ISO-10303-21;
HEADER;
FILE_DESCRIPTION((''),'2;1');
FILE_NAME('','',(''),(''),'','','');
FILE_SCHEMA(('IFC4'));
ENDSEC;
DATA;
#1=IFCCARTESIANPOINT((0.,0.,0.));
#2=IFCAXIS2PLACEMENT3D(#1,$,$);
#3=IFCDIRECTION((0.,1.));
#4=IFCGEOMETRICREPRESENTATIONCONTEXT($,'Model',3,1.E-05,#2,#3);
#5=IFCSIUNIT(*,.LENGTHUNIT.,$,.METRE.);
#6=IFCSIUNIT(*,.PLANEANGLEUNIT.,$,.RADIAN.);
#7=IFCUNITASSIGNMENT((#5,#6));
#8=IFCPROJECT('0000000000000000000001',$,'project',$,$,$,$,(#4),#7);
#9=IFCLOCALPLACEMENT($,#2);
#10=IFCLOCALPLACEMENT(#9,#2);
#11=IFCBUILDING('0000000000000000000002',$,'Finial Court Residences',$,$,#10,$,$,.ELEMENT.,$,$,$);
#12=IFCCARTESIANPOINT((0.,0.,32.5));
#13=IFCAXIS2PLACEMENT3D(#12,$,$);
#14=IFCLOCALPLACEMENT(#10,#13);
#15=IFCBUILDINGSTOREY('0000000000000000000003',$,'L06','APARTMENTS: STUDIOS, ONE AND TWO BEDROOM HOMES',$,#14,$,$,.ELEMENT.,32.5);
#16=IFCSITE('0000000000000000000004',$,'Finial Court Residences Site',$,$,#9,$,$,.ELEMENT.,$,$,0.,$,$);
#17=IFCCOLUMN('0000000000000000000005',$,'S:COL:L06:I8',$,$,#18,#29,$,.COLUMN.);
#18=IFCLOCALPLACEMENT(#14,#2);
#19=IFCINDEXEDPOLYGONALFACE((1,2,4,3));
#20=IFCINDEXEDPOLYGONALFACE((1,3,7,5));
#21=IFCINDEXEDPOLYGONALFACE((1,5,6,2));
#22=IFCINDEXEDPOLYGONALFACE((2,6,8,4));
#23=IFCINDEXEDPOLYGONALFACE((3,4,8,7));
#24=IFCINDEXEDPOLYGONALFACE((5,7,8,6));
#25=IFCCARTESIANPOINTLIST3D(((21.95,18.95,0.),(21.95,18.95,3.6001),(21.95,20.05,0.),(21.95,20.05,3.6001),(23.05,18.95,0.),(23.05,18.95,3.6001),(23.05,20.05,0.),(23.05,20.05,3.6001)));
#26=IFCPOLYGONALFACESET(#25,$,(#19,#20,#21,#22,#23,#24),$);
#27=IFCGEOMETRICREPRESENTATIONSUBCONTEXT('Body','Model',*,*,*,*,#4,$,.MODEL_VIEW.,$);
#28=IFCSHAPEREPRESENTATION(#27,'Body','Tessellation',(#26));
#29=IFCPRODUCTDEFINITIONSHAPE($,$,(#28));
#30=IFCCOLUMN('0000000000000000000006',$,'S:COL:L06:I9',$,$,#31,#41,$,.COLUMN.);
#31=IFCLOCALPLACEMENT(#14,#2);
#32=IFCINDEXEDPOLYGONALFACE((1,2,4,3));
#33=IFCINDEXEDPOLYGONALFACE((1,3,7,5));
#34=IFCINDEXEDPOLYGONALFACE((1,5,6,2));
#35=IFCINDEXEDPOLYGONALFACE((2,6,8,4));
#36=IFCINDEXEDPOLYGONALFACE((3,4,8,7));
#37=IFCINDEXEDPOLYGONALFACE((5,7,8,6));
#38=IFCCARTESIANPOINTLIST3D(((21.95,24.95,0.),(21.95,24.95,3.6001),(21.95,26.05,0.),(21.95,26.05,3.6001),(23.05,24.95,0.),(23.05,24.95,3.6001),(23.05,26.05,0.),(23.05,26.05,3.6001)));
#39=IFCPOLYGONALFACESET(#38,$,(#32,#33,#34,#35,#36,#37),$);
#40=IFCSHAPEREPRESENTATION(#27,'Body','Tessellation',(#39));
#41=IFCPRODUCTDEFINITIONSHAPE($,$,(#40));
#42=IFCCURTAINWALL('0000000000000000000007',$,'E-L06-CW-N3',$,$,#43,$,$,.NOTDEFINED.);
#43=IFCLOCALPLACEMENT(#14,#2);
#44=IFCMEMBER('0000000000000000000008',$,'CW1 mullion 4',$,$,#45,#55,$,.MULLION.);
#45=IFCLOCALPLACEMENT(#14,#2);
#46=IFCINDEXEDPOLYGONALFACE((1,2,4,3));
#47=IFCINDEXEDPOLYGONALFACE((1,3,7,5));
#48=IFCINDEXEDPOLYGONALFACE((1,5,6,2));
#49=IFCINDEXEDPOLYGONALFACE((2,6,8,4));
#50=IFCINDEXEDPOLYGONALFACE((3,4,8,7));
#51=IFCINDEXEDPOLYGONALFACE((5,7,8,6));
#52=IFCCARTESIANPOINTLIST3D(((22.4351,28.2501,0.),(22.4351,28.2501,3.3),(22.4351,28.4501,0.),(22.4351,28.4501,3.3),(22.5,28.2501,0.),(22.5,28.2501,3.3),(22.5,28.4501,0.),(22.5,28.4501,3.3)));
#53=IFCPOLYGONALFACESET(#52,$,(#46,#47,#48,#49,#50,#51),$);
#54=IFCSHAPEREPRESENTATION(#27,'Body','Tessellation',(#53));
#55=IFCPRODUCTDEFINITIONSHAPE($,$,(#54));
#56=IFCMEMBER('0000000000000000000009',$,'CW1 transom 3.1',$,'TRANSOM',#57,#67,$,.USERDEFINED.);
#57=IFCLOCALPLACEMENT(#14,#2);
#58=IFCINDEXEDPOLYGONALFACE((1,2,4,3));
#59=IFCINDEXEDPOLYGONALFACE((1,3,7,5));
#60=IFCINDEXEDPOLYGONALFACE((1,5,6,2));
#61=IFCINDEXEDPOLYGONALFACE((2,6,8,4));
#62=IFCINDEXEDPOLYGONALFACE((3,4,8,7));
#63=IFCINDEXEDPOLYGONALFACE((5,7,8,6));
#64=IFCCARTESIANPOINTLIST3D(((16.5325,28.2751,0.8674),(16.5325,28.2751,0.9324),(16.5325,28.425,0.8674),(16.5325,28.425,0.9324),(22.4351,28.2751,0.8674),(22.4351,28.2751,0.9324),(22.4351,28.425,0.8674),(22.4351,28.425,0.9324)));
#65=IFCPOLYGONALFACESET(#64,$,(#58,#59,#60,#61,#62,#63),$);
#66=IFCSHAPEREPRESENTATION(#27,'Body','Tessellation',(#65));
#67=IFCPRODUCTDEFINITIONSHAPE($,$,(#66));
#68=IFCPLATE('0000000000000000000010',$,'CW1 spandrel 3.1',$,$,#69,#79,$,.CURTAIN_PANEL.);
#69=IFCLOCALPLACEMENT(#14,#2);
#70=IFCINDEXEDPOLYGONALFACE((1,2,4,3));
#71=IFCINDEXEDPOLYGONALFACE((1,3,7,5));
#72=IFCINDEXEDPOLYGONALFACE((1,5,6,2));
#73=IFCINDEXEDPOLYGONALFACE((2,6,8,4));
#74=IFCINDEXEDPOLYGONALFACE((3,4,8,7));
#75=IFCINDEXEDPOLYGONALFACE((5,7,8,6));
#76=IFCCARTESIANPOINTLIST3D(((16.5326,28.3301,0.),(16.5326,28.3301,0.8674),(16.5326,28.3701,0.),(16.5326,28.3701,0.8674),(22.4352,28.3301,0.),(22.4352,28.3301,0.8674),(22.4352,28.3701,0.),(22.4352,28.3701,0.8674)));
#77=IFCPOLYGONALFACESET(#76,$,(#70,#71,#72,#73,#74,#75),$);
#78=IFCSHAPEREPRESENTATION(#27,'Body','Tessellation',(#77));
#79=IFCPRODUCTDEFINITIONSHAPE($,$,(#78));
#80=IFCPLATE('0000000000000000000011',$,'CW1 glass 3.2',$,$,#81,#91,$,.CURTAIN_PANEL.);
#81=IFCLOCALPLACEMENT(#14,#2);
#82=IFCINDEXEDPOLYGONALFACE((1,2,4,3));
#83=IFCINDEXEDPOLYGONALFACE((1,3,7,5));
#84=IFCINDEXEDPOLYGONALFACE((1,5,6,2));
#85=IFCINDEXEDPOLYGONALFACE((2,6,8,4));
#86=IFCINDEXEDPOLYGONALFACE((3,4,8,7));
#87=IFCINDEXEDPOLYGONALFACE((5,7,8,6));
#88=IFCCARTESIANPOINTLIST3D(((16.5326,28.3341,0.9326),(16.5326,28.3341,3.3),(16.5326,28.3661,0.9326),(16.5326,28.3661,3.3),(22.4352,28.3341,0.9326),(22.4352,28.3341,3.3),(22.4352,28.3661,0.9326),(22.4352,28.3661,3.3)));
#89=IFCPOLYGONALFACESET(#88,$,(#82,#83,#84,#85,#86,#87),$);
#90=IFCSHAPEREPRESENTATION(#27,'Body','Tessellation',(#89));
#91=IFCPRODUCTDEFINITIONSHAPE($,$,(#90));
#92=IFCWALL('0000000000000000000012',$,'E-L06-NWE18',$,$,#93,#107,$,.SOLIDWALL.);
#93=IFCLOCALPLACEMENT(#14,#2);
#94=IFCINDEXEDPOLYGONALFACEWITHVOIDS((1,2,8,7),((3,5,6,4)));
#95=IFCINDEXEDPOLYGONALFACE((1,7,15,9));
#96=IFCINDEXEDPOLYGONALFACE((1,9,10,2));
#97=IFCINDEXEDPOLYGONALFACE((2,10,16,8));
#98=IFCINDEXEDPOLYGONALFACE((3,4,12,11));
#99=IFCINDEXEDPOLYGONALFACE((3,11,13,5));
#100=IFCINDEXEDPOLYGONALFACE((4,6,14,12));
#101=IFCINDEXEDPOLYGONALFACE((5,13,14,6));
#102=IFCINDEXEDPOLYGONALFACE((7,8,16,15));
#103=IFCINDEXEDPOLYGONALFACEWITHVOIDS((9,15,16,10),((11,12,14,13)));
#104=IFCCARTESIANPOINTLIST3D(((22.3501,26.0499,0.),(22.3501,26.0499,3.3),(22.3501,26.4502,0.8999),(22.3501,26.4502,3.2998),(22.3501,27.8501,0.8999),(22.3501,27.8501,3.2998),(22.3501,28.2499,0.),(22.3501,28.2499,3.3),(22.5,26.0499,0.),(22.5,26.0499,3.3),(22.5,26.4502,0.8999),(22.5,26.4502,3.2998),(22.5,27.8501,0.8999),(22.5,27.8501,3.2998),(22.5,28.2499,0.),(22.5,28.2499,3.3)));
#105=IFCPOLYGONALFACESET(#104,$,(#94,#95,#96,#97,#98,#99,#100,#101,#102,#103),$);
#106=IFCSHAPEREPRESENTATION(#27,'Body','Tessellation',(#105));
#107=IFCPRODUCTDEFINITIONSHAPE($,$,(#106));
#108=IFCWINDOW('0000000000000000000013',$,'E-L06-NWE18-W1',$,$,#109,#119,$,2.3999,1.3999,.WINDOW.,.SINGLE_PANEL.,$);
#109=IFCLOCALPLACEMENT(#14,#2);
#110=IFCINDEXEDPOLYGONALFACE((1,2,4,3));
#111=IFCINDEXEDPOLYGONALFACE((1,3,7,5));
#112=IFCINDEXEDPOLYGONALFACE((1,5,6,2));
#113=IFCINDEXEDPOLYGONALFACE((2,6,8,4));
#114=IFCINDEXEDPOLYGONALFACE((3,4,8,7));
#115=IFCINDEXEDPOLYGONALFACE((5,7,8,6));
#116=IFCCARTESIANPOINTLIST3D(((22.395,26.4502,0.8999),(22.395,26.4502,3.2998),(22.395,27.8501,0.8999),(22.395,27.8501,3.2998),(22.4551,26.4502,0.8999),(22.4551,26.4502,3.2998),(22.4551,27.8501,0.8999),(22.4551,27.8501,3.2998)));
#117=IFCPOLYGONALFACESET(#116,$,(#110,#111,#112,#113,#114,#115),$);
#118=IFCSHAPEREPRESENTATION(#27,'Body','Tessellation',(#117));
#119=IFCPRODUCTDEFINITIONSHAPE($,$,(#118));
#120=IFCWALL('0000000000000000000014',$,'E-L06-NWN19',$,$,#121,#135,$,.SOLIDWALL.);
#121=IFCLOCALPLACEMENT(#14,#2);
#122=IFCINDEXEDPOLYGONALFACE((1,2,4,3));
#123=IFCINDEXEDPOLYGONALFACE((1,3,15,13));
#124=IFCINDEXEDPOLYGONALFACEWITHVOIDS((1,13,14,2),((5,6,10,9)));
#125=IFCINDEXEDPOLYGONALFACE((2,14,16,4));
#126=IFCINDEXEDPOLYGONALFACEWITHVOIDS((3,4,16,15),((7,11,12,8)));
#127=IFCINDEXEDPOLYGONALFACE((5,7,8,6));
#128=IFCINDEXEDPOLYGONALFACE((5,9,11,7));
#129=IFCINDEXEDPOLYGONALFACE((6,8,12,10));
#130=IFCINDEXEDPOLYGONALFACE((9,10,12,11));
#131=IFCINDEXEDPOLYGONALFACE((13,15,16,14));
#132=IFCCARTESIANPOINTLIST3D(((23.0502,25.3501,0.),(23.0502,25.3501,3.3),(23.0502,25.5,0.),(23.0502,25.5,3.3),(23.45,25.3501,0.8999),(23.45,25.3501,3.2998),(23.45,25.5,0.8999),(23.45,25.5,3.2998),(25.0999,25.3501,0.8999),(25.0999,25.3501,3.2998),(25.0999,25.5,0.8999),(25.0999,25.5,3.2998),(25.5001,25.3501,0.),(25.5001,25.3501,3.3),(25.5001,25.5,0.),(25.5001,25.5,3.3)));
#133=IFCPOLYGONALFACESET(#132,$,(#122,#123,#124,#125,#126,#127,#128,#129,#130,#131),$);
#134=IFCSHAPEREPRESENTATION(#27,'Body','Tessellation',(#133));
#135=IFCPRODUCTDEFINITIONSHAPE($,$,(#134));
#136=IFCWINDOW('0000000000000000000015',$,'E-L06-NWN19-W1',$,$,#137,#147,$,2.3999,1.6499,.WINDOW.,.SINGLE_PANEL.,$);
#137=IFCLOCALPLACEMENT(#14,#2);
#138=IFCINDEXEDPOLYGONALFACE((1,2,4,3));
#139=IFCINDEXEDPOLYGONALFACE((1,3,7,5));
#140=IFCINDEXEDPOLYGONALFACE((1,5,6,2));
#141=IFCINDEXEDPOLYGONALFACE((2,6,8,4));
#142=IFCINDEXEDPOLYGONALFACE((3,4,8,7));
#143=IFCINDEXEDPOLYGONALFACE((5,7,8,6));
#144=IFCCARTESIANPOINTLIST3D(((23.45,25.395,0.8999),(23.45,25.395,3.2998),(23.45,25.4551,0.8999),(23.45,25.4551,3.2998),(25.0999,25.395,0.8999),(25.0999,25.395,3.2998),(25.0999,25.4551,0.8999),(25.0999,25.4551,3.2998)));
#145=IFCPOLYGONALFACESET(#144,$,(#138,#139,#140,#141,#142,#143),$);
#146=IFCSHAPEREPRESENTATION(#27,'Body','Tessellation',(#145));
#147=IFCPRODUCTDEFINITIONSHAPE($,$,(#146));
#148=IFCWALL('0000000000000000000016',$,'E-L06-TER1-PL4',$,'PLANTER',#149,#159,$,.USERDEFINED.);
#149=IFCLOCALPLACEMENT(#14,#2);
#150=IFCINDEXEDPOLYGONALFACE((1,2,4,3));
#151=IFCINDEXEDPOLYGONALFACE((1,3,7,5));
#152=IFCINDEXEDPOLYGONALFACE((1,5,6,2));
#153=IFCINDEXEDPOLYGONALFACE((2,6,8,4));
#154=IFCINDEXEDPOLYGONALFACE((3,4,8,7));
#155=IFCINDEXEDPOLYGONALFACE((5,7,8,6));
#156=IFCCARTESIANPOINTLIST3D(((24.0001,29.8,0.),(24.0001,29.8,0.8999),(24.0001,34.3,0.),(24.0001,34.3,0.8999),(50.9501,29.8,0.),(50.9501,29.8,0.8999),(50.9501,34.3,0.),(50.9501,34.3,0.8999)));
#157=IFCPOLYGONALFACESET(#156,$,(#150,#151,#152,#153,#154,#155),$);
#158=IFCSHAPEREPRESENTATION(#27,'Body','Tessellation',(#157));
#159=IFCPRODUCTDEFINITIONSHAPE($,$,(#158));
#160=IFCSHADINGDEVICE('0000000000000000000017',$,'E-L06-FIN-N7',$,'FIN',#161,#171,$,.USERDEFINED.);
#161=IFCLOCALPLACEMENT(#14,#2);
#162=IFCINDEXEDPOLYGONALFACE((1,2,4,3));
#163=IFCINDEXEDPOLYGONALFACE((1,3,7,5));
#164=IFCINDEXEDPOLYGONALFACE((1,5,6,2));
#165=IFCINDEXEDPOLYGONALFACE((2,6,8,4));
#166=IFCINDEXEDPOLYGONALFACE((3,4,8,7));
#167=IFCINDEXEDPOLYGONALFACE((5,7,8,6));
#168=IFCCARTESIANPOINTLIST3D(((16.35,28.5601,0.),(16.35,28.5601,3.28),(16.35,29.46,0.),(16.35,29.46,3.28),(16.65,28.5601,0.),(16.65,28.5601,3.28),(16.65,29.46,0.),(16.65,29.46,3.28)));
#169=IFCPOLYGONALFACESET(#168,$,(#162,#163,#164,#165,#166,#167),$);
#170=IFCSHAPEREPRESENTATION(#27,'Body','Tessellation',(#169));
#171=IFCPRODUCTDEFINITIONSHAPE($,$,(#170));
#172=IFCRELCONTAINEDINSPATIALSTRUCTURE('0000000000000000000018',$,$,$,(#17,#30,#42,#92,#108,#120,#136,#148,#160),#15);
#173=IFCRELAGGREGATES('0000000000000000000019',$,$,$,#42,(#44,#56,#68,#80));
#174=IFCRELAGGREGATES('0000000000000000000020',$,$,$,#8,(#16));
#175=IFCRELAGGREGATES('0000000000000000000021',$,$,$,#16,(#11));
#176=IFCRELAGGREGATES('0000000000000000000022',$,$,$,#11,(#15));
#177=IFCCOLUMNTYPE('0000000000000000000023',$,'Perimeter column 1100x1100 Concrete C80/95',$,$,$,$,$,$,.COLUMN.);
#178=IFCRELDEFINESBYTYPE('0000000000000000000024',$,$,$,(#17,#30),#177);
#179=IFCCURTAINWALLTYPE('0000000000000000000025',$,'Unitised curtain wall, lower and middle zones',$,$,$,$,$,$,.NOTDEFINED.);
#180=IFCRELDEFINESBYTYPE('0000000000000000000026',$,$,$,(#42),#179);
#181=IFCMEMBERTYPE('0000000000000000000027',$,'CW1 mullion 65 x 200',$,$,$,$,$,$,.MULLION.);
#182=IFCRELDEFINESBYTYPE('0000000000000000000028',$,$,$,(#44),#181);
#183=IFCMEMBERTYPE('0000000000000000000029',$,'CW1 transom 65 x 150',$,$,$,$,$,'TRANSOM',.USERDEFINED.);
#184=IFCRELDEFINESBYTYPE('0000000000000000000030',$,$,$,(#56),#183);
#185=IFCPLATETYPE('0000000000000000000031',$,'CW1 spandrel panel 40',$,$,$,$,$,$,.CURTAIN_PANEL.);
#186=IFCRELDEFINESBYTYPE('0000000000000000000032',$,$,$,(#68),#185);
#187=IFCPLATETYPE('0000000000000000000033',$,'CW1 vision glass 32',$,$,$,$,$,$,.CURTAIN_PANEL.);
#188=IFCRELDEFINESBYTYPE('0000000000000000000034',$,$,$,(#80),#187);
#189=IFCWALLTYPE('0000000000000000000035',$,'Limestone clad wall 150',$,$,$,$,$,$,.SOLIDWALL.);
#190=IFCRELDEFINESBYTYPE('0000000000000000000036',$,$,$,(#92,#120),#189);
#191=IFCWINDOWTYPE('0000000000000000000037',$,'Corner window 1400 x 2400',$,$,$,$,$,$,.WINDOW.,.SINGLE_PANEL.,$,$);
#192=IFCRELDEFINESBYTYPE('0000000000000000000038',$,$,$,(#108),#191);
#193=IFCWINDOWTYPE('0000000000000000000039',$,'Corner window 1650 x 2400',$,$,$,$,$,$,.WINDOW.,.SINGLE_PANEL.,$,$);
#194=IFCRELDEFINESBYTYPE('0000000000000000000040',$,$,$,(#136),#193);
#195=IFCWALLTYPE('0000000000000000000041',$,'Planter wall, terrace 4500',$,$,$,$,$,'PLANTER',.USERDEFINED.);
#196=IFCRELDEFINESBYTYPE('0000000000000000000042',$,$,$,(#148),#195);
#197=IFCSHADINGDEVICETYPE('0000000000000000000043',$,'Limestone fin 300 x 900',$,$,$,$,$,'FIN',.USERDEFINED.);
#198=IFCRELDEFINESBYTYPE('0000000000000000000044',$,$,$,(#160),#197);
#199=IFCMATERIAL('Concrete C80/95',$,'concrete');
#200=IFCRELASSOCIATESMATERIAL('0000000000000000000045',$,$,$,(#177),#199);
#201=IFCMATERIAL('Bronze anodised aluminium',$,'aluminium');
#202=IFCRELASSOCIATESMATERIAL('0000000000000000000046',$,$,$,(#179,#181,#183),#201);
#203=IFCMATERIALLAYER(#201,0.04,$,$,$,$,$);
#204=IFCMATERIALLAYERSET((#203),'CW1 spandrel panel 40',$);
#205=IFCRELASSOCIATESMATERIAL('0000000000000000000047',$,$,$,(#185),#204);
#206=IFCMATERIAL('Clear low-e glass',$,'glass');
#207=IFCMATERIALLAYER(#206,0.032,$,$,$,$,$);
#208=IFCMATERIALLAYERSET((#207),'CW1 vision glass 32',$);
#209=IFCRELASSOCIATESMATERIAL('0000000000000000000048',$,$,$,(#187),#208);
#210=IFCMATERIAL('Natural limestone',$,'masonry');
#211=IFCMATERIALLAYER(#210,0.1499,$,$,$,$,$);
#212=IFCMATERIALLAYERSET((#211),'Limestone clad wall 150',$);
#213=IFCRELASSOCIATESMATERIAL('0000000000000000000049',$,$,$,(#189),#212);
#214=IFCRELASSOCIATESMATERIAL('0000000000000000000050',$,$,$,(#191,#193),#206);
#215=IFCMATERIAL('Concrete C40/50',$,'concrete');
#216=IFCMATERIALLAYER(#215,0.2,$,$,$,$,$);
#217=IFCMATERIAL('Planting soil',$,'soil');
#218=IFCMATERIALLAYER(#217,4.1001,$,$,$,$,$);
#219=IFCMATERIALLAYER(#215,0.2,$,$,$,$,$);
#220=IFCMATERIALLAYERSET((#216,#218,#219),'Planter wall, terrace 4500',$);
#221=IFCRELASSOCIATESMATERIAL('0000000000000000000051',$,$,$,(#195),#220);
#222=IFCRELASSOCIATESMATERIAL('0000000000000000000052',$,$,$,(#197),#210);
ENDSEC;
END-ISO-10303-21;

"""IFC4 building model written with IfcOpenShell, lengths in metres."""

from ifc_helpers import new_model, si_unit, direction, frame, frame_2d, origin, origin_2d, place, context, subcontext, project, spatial, rectangle, extrude, material, layer, layer_set, material_profile, profile_set, type_object, element, fill, aggregate, save


model = new_model("IFC4")

# Units and contexts
model_context = context("Model", 3, precision=1e-05, world=origin(), true_north=direction((0.0, 1.0)))
body_context = subcontext(model_context, "Body", "Model", "MODEL_VIEW")
ifc_project = project(units=[si_unit("LENGTHUNIT", "METRE"), si_unit("PLANEANGLEUNIT", "RADIAN")], contexts=[model_context])

# Site, building, storey
site_placement = place(None, origin())
site = spatial("IfcSite", under=ifc_project, at=site_placement, Name="Finial Court Residences Site", CompositionType="ELEMENT", RefElevation=0.0)
building_placement = place(site_placement, origin())
building = spatial("IfcBuilding", under=site, at=building_placement, Name="Finial Court Residences", CompositionType="ELEMENT")
storey_placement = place(building_placement, frame((0.0, 0.0, 32.5)))
storey = spatial("IfcBuildingStorey", under=building, at=storey_placement, Name="L06", Description="APARTMENTS: STUDIOS, ONE AND TWO BEDROOM HOMES", CompositionType="ELEMENT", Elevation=32.5)

# Columns
ifc_material_1 = material(Name="Concrete C80/95", Category="concrete")
ifc_material_profile_1 = material_profile(ifc_material_1, rectangle(XDim=1.1001, YDim=1.1001, at=origin_2d()), Name="1100x1100")
ifc_profile_set_1 = profile_set([ifc_material_profile_1], Name="Concrete C80/95")
column_type = type_object("IfcColumnType", Name="Perimeter column 1100x1100 Concrete C80/95", PredefinedType="COLUMN", material=ifc_profile_set_1)
for number, where, z_axis, x_axis, name in (
    (1, (22.5, 19.5, 0.0), (0.0, 0.0, 1.0), (1.0, 0.0, 0.0), "S:COL:L06:I8"),
    (2, (22.5, 25.5, 0.0), (0.0, 0.0, 1.0), (1.0, 0.0, 0.0), "S:COL:L06:I9"),
):
    element("IfcColumn", number, at=place(storey_placement, frame(where, z_axis=z_axis, x_axis=x_axis)), inside=storey, type_object=column_type, Name=name, PredefinedType="COLUMN", context=body_context, shape_type="SweptSolid", body=[
        extrude(rectangle(XDim=1.1001, YDim=1.1001, at=origin_2d()), origin(), (0.0, 0.0, 1.0), 3.6001),
    ])

# Curtain wall, members, plates
ifc_material_2 = material(Name="Bronze anodised aluminium", Category="aluminium")
curtain_wall_type = type_object("IfcCurtainWallType", Name="Unitised curtain wall, lower and middle zones", PredefinedType="NOTDEFINED", material=ifc_material_2)
curtain_wall_placement = place(storey_placement, origin())
curtain_wall = element("IfcCurtainWall", 3, at=curtain_wall_placement, inside=storey, type_object=curtain_wall_type, Name="E-L06-CW-N3", PredefinedType="NOTDEFINED")
ifc_material_profile_2 = material_profile(ifc_material_2, rectangle(XDim=0.2, YDim=0.0649, at=origin_2d()), Name="CW1 mullion 65 x 200")
ifc_profile_set_2 = profile_set([ifc_material_profile_2], Name="Bronze anodised aluminium")
member_type_1 = type_object("IfcMemberType", Name="CW1 mullion 65 x 200", PredefinedType="MULLION", material=ifc_profile_set_2)
member_1_placement = place(storey_placement, frame((22.4675, 28.3501, 0.0), z_axis=(0.0, 0.0, 1.0), x_axis=(0.0, 1.0, 0.0)))
member_1 = element("IfcMember", 4, at=member_1_placement, type_object=member_type_1, Name="CW1 mullion 4", PredefinedType="MULLION", context=body_context, shape_type="SweptSolid", body=[
    extrude(rectangle(XDim=0.2, YDim=0.0649, at=origin_2d()), origin(), (0.0, 0.0, 1.0), 3.3),
])
ifc_material_profile_3 = material_profile(ifc_material_2, rectangle(XDim=0.1499, YDim=0.0649, at=origin_2d()), Name="CW1 transom 65 x 150")
ifc_profile_set_3 = profile_set([ifc_material_profile_3], Name="Bronze anodised aluminium")
member_type_2 = type_object("IfcMemberType", Name="CW1 transom 65 x 150", ElementType="TRANSOM", PredefinedType="USERDEFINED", material=ifc_profile_set_3)
member_2_placement = place(storey_placement, frame((16.5325, 28.3501, 0.8999), z_axis=(1.0, 0.0, 0.0), x_axis=(0.0, 1.0, 0.0)))
member_2 = element("IfcMember", 5, at=member_2_placement, type_object=member_type_2, Name="CW1 transom 3.1", ObjectType="TRANSOM", PredefinedType="USERDEFINED", context=body_context, shape_type="SweptSolid", body=[
    extrude(rectangle(XDim=0.1499, YDim=0.0649, at=origin_2d()), origin(), (0.0, 0.0, 1.0), 5.9026),
])
ifc_layer_1 = layer(ifc_material_2, 0.04)
ifc_layer_set_1 = layer_set([ifc_layer_1], Name="CW1 spandrel panel 40")
plate_type_1 = type_object("IfcPlateType", Name="CW1 spandrel panel 40", PredefinedType="CURTAIN_PANEL", material=ifc_layer_set_1)
plate_1_placement = place(storey_placement, frame((19.4839, 28.3501, 0.0), z_axis=(0.0, 0.0, 1.0), x_axis=(1.0, 0.0, 0.0)))
plate_1 = element("IfcPlate", 6, at=plate_1_placement, type_object=plate_type_1, Name="CW1 spandrel 3.1", PredefinedType="CURTAIN_PANEL", context=body_context, shape_type="SweptSolid", body=[
    extrude(rectangle(XDim=5.9026, YDim=0.04, at=origin_2d()), origin(), (0.0, 0.0, 1.0), 0.8674),
])
ifc_material_3 = material(Name="Clear low-e glass", Category="glass")
ifc_layer_2 = layer(ifc_material_3, 0.032)
ifc_layer_set_2 = layer_set([ifc_layer_2], Name="CW1 vision glass 32")
plate_type_2 = type_object("IfcPlateType", Name="CW1 vision glass 32", PredefinedType="CURTAIN_PANEL", material=ifc_layer_set_2)
plate_2_placement = place(storey_placement, frame((19.4839, 28.3501, 0.9326), z_axis=(0.0, 0.0, 1.0), x_axis=(1.0, 0.0, 0.0)))
plate_2 = element("IfcPlate", 7, at=plate_2_placement, type_object=plate_type_2, Name="CW1 glass 3.2", PredefinedType="CURTAIN_PANEL", context=body_context, shape_type="SweptSolid", body=[
    extrude(rectangle(XDim=5.9026, YDim=0.032, at=origin_2d()), origin(), (0.0, 0.0, 1.0), 2.3674),
])
aggregate(curtain_wall, [member_1, member_2, plate_1, plate_2])

# Walls, openings, windows
ifc_material_4 = material(Name="Natural limestone", Category="masonry")
ifc_layer_3 = layer(ifc_material_4, 0.1499)
ifc_layer_set_3 = layer_set([ifc_layer_3], Name="Limestone clad wall 150")
wall_type_1 = type_object("IfcWallType", Name="Limestone clad wall 150", PredefinedType="SOLIDWALL", material=ifc_layer_set_3)
wall_1_placement = place(storey_placement, frame((22.425, 28.25, 0.0), z_axis=(0.0, 0.0, 1.0), x_axis=(0.0, -1.0, 0.0)))
wall_1 = element("IfcWall", 8, at=wall_1_placement, inside=storey, type_object=wall_type_1, Name="E-L06-NWE18", PredefinedType="SOLIDWALL", context=body_context, shape_type="SweptSolid", body=[
    extrude(rectangle(XDim=2.2, YDim=0.1499, at=frame_2d((1.1001, 0.0))), origin(), (0.0, 0.0, 1.0), 3.3),
])
opening_1_placement = place(wall_1_placement, frame((0.3999, 0.0, 0.8999)))
opening_1 = element("IfcOpeningElement", 9, at=opening_1_placement, cuts=wall_1, PredefinedType="OPENING", context=body_context, shape_type="SweptSolid", body=[
    extrude(rectangle(XDim=1.3999, YDim=2.3999, at=frame_2d((0.7, 1.2))), frame((0.0, 0.085, 0.0), z_axis=(0.0, -1.0, 0.0), x_axis=(1.0, 0.0, 0.0)), (0.0, 0.0, 1.0), 0.1699),
])
window_type_1 = type_object("IfcWindowType", Name="Corner window 1400 x 2400", PartitioningType="SINGLE_PANEL", PredefinedType="WINDOW", material=ifc_material_3)
window_1_placement = place(opening_1_placement, origin())
window_1 = element("IfcWindow", 10, at=window_1_placement, inside=storey, type_object=window_type_1, Name="E-L06-NWE18-W1", OverallHeight=2.3999, OverallWidth=1.3999, PartitioningType="SINGLE_PANEL", PredefinedType="WINDOW", context=body_context, shape_type="SweptSolid", body=[
    extrude(rectangle(XDim=1.3999, YDim=2.3999, at=frame_2d((0.7, 1.2))), frame((0.0, 0.03, 0.0), z_axis=(0.0, -1.0, 0.0), x_axis=(1.0, 0.0, 0.0)), (0.0, 0.0, 1.0), 0.0601),
])
fill(opening_1, window_1)
wall_2_placement = place(storey_placement, frame((23.05, 25.425, 0.0), z_axis=(0.0, 0.0, 1.0), x_axis=(1.0, 0.0, 0.0)))
wall_2 = element("IfcWall", 11, at=wall_2_placement, inside=storey, type_object=wall_type_1, Name="E-L06-NWN19", PredefinedType="SOLIDWALL", context=body_context, shape_type="SweptSolid", body=[
    extrude(rectangle(XDim=2.45, YDim=0.1499, at=frame_2d((1.2251, 0.0))), origin(), (0.0, 0.0, 1.0), 3.3),
])
opening_2_placement = place(wall_2_placement, frame((0.3999, 0.0, 0.8999)))
opening_2 = element("IfcOpeningElement", 12, at=opening_2_placement, cuts=wall_2, PredefinedType="OPENING", context=body_context, shape_type="SweptSolid", body=[
    extrude(rectangle(XDim=1.6499, YDim=2.3999, at=frame_2d((0.825, 1.2))), frame((0.0, 0.085, 0.0), z_axis=(0.0, -1.0, 0.0), x_axis=(1.0, 0.0, 0.0)), (0.0, 0.0, 1.0), 0.1699),
])
window_type_2 = type_object("IfcWindowType", Name="Corner window 1650 x 2400", PartitioningType="SINGLE_PANEL", PredefinedType="WINDOW", material=ifc_material_3)
window_2_placement = place(opening_2_placement, origin())
window_2 = element("IfcWindow", 13, at=window_2_placement, inside=storey, type_object=window_type_2, Name="E-L06-NWN19-W1", OverallHeight=2.3999, OverallWidth=1.6499, PartitioningType="SINGLE_PANEL", PredefinedType="WINDOW", context=body_context, shape_type="SweptSolid", body=[
    extrude(rectangle(XDim=1.6499, YDim=2.3999, at=frame_2d((0.825, 1.2))), frame((0.0, 0.03, 0.0), z_axis=(0.0, -1.0, 0.0), x_axis=(1.0, 0.0, 0.0)), (0.0, 0.0, 1.0), 0.0601),
])
fill(opening_2, window_2)

# Wall
ifc_material_5 = material(Name="Concrete C40/50", Category="concrete")
ifc_layer_4 = layer(ifc_material_5, 0.2)
ifc_material_6 = material(Name="Planting soil", Category="soil")
ifc_layer_5 = layer(ifc_material_6, 4.1001)
ifc_layer_6 = layer(ifc_material_5, 0.2)
ifc_layer_set_4 = layer_set([ifc_layer_4, ifc_layer_5, ifc_layer_6], Name="Planter wall, terrace 4500")
wall_type_2 = type_object("IfcWallType", Name="Planter wall, terrace 4500", ElementType="PLANTER", PredefinedType="USERDEFINED", material=ifc_layer_set_4)
wall_3_placement = place(storey_placement, frame((24.0, 32.05, 0.0), z_axis=(0.0, 0.0, 1.0), x_axis=(1.0, 0.0, 0.0)))
element("IfcWall", 14, at=wall_3_placement, inside=storey, type_object=wall_type_2, Name="E-L06-TER1-PL4", ObjectType="PLANTER", PredefinedType="USERDEFINED", context=body_context, shape_type="SweptSolid", body=[
    extrude(rectangle(XDim=26.95, YDim=4.5, at=frame_2d((13.4751, 0.0))), origin(), (0.0, 0.0, 1.0), 0.8999),
])

# Shading device
shading_device_type = type_object("IfcShadingDeviceType", Name="Limestone fin 300 x 900", ElementType="FIN", PredefinedType="USERDEFINED", material=ifc_material_4)
for number, where, z_axis, x_axis, name in (
    (15, (16.5, 29.01, 0.0), (0.0, 0.0, 1.0), (1.0, 0.0, 0.0), "E-L06-FIN-N7"),
):
    element("IfcShadingDevice", number, at=place(storey_placement, frame(where, z_axis=z_axis, x_axis=x_axis)), inside=storey, type_object=shading_device_type, Name=name, ObjectType="FIN", PredefinedType="USERDEFINED", context=body_context, shape_type="SweptSolid", body=[
        extrude(rectangle(XDim=0.3, YDim=0.8999, at=origin_2d()), origin(), (0.0, 0.0, 1.0), 3.28),
    ])

save(model, "model.ifc")
